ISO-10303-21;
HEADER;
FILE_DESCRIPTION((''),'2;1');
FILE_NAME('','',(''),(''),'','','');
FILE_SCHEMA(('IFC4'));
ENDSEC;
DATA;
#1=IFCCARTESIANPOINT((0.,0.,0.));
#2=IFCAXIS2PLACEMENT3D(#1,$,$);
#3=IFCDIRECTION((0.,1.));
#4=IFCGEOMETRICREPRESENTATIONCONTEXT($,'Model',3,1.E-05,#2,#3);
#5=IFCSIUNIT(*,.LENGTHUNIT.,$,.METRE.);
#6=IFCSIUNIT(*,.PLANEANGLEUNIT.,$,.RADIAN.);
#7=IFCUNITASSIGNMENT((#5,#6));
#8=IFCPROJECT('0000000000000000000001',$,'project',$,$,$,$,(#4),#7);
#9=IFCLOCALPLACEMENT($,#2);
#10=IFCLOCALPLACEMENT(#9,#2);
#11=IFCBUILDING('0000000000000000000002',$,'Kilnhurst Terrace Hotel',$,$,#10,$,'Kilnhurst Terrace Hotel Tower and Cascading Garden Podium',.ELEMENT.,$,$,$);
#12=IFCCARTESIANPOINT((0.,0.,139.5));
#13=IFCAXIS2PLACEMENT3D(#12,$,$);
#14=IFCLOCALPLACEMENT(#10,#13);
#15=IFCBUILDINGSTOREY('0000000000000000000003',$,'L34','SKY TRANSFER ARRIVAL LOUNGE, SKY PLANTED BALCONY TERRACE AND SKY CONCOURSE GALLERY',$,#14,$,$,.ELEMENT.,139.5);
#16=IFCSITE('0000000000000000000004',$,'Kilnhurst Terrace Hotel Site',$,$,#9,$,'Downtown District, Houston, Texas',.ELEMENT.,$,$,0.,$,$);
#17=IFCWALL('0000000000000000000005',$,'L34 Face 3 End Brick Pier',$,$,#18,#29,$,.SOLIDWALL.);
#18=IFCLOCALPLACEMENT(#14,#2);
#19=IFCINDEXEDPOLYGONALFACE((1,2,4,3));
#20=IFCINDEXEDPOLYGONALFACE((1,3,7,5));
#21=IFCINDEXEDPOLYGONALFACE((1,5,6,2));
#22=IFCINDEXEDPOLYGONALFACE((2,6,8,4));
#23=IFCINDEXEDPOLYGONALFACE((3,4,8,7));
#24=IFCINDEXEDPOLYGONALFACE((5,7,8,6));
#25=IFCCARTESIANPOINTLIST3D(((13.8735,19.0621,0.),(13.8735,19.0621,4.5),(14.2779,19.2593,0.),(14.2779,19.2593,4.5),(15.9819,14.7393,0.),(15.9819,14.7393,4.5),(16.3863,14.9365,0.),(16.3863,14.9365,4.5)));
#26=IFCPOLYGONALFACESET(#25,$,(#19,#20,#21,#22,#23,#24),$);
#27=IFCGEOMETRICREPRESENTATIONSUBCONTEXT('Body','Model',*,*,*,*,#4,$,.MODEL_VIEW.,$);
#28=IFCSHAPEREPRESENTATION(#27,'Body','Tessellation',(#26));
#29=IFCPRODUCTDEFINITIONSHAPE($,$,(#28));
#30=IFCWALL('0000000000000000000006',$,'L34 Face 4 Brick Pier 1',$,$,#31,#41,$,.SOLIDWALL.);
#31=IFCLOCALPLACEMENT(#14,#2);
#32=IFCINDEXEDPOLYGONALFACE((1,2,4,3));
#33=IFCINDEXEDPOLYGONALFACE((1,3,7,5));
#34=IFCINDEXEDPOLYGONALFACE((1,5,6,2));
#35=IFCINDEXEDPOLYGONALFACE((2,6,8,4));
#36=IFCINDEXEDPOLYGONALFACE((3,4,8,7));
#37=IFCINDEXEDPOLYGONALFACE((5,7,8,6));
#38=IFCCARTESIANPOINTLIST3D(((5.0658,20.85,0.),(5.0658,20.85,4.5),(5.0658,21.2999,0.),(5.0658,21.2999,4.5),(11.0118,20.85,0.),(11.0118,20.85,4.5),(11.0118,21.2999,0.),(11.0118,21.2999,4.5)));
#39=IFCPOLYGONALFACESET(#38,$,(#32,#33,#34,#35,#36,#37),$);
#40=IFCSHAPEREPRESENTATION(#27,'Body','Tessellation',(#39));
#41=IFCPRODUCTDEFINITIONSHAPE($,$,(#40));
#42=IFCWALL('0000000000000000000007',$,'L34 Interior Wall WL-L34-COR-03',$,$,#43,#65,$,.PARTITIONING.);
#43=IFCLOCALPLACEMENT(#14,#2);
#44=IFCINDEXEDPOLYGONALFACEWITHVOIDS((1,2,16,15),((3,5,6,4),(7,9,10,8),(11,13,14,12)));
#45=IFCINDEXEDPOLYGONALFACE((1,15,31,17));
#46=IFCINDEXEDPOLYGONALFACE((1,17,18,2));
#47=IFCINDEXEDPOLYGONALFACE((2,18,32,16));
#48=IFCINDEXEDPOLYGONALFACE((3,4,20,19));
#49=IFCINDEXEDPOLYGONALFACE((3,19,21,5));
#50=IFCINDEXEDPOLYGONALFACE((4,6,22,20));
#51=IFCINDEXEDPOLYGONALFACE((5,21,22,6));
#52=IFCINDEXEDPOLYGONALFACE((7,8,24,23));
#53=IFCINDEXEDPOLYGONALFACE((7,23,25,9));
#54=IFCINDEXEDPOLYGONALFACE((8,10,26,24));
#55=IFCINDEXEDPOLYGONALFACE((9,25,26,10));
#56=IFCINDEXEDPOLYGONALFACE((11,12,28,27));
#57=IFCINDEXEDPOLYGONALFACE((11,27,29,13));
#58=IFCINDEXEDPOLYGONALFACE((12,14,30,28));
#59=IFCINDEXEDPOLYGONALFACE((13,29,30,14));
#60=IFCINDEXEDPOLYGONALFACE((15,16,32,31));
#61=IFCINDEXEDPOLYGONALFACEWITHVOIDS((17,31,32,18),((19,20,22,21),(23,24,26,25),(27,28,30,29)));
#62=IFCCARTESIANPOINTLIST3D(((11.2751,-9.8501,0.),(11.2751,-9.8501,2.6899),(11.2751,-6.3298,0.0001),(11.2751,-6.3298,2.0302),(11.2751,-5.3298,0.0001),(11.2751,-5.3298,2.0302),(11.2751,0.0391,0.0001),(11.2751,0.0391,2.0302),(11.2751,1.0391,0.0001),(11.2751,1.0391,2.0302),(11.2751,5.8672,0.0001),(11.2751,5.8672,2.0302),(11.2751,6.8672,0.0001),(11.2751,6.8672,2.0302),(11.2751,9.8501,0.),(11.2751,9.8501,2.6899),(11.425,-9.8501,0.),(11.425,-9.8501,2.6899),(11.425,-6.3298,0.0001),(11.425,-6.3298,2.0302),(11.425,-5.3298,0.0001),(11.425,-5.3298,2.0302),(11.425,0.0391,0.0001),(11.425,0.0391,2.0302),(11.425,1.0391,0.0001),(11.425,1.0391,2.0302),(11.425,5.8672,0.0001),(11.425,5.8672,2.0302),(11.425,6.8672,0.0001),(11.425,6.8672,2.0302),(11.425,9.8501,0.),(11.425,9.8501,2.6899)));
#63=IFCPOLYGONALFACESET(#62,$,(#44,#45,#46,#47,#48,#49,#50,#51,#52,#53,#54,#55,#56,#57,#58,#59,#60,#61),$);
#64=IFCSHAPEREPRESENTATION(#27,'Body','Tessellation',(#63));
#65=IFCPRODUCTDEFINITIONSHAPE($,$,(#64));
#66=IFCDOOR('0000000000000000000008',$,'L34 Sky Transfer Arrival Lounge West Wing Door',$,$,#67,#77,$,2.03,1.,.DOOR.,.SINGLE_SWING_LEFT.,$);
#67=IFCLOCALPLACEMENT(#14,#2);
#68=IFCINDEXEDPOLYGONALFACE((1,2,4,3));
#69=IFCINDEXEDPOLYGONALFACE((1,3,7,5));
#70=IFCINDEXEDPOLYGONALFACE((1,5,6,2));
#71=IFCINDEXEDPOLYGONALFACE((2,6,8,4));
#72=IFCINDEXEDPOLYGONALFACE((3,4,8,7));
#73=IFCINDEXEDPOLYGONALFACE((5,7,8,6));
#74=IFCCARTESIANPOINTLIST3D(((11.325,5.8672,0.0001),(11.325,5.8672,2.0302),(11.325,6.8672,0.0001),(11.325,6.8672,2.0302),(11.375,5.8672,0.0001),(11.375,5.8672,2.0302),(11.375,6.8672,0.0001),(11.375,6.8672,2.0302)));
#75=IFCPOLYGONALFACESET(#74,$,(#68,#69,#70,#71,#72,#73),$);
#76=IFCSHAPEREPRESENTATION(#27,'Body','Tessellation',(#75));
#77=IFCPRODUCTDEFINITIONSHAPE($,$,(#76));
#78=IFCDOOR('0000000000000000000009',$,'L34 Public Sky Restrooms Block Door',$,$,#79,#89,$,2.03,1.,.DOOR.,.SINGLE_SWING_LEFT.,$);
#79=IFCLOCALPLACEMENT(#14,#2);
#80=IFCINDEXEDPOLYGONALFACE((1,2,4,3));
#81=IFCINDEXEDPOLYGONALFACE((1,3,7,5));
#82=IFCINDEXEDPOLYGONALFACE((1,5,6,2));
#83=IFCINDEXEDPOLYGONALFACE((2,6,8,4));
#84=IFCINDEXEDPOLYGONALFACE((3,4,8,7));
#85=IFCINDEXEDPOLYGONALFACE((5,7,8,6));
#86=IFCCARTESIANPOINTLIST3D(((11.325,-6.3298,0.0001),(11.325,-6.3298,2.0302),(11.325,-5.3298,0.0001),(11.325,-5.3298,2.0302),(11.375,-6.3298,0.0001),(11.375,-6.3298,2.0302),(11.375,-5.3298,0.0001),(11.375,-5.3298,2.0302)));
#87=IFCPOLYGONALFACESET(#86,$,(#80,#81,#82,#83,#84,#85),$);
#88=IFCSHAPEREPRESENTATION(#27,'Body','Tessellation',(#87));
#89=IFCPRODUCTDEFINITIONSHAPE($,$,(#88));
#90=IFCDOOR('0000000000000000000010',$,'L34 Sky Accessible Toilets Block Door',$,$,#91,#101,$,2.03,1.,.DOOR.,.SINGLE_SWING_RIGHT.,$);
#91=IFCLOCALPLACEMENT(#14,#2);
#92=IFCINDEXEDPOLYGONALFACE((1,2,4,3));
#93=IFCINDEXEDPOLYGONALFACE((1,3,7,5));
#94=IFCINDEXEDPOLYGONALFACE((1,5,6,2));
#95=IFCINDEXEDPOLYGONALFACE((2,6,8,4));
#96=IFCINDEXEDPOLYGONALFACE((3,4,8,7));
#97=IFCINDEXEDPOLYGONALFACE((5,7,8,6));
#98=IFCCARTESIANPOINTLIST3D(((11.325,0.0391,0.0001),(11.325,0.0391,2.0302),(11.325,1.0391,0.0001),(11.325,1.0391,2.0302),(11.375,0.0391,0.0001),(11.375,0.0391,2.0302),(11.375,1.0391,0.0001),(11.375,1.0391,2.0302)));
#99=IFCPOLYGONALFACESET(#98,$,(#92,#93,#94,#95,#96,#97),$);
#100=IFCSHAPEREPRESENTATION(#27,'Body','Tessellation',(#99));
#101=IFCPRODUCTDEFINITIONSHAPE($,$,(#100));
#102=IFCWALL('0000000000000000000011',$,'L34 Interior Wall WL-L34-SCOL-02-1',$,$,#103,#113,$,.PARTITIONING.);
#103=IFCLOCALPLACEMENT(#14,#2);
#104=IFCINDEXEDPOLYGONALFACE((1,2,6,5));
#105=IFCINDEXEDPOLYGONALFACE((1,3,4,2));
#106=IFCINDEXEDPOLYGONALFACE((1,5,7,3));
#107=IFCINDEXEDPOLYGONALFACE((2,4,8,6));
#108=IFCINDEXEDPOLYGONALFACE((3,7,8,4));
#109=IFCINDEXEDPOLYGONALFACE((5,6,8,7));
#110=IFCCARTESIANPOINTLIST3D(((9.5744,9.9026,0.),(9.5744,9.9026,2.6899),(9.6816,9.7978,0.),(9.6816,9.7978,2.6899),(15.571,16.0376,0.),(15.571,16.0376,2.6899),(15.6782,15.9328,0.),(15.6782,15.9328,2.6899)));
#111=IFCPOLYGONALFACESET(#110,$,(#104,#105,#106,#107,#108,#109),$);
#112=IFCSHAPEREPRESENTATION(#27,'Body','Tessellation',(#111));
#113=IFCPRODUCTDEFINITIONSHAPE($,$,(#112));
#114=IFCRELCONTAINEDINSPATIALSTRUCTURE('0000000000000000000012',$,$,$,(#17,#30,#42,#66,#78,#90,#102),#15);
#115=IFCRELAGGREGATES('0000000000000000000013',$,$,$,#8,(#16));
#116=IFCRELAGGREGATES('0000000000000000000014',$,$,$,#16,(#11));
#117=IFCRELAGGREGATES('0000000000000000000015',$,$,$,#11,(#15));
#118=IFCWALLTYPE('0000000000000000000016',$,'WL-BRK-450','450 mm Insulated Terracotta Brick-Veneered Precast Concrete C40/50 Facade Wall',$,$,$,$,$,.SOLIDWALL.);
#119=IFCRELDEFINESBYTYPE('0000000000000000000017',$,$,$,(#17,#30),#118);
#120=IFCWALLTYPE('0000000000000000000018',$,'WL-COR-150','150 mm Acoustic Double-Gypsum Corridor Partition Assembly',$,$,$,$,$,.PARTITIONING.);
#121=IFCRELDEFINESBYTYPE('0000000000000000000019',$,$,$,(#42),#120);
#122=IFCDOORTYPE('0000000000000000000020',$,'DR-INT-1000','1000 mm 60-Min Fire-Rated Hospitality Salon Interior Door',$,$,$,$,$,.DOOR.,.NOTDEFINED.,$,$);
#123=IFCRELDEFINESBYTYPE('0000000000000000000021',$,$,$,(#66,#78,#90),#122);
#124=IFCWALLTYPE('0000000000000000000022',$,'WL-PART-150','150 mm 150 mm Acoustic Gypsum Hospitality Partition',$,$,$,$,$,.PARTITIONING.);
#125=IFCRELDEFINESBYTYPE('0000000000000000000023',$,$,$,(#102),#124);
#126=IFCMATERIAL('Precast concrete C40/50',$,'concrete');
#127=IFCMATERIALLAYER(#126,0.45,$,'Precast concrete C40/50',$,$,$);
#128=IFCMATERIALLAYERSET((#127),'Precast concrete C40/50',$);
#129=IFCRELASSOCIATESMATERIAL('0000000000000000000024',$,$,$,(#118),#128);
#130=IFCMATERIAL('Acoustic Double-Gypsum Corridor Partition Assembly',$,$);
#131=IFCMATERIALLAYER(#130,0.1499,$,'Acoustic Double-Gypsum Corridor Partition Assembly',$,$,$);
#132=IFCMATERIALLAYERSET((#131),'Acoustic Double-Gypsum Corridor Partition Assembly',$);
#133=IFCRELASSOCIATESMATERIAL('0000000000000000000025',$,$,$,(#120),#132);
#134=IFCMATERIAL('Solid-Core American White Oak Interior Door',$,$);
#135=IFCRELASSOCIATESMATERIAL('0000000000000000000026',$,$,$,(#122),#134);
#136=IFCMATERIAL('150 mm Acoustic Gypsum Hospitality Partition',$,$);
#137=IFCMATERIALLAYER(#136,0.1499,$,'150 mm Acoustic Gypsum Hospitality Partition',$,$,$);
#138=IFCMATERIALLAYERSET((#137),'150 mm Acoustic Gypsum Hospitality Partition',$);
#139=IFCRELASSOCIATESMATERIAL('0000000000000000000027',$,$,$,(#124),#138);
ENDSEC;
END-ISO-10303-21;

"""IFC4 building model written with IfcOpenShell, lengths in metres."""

from ifc_helpers import new_model, si_unit, direction, frame, frame_2d, origin, place, context, subcontext, project, spatial, rectangle, extrude, material, layer, layer_set, type_object, element, fill, save


model = new_model("IFC4")

# Units and contexts
model_context = context("Model", 3, precision=1e-05, world=origin(), true_north=direction((0.0, 1.0)))
body_context = subcontext(model_context, "Body", "Model", "MODEL_VIEW")
ifc_project = project(units=[si_unit("LENGTHUNIT", "METRE"), si_unit("PLANEANGLEUNIT", "RADIAN")], contexts=[model_context])

# Site, building, storey
site_placement = place(None, origin())
site = spatial("IfcSite", under=ifc_project, at=site_placement, Name="Kilnhurst Terrace Hotel Site", LongName="Downtown District, Houston, Texas", CompositionType="ELEMENT", RefElevation=0.0)
building_placement = place(site_placement, origin())
building = spatial("IfcBuilding", under=site, at=building_placement, Name="Kilnhurst Terrace Hotel", LongName="Kilnhurst Terrace Hotel Tower and Cascading Garden Podium", CompositionType="ELEMENT")
storey_placement = place(building_placement, frame((0.0, 0.0, 139.5)))
storey = spatial("IfcBuildingStorey", under=building, at=storey_placement, Name="L34", Description="SKY TRANSFER ARRIVAL LOUNGE, SKY PLANTED BALCONY TERRACE AND SKY CONCOURSE GALLERY", CompositionType="ELEMENT", Elevation=139.5)

# Shared definitions
ifc_material_1 = material(Name="Precast concrete C40/50", Category="concrete")
ifc_layer_1 = layer(ifc_material_1, 0.45, Name="Precast concrete C40/50")
ifc_layer_set_1 = layer_set([ifc_layer_1], Name="Precast concrete C40/50")
wall_type_1 = type_object("IfcWallType", Name="WL-BRK-450", Description="450 mm Insulated Terracotta Brick-Veneered Precast Concrete C40/50 Facade Wall", PredefinedType="SOLIDWALL", material=ifc_layer_set_1)

# Walls
wall_1_placement = place(storey_placement, frame((16.1841, 14.8379, 0.0), z_axis=(0.0, 0.0, 1.0), x_axis=(-0.43838, 0.89879, 0.0)))
element("IfcWall", 1, at=wall_1_placement, inside=storey, type_object=wall_type_1, Name="L34 Face 3 End Brick Pier", PredefinedType="SOLIDWALL", context=body_context, shape_type="SweptSolid", body=[
    extrude(rectangle(XDim=4.8096, YDim=0.45, at=frame_2d((2.4048, 0.0))), origin(), (0.0, 0.0, 1.0), 4.5),
])
wall_2_placement = place(storey_placement, frame((11.012, 21.075, 0.0), z_axis=(0.0, 0.0, 1.0), x_axis=(-1.0, 0.0, 0.0)))
element("IfcWall", 2, at=wall_2_placement, inside=storey, type_object=wall_type_1, Name="L34 Face 4 Brick Pier 1", PredefinedType="SOLIDWALL", context=body_context, shape_type="SweptSolid", body=[
    extrude(rectangle(XDim=5.946, YDim=0.45, at=frame_2d((2.9731, 0.0))), origin(), (0.0, 0.0, 1.0), 4.5),
])

# Wall, openings, doors
ifc_material_2 = material(Name="Acoustic Double-Gypsum Corridor Partition Assembly")
ifc_layer_2 = layer(ifc_material_2, 0.1499, Name="Acoustic Double-Gypsum Corridor Partition Assembly")
ifc_layer_set_2 = layer_set([ifc_layer_2], Name="Acoustic Double-Gypsum Corridor Partition Assembly")
wall_type_2 = type_object("IfcWallType", Name="WL-COR-150", Description="150 mm Acoustic Double-Gypsum Corridor Partition Assembly", PredefinedType="PARTITIONING", material=ifc_layer_set_2)
wall_3_placement = place(storey_placement, frame((11.3501, 9.8501, 0.0), z_axis=(0.0, 0.0, 1.0), x_axis=(0.0, -1.0, 0.0)))
wall_3 = element("IfcWall", 3, at=wall_3_placement, inside=storey, type_object=wall_type_2, Name="L34 Interior Wall WL-L34-COR-03", PredefinedType="PARTITIONING", context=body_context, shape_type="SweptSolid", body=[
    extrude(rectangle(XDim=19.7002, YDim=0.1499, at=frame_2d((9.8501, 0.0))), origin(), (0.0, 0.0, 1.0), 2.6899),
])
opening_1_placement = place(wall_3_placement, frame((2.9829, 0.0, 0.0)))
opening_1 = element("IfcOpeningElement", 4, at=opening_1_placement, cuts=wall_3, PredefinedType="OPENING", context=body_context, shape_type="SweptSolid", body=[
    extrude(rectangle(XDim=1.0, YDim=2.03, at=frame_2d((0.5, 1.0151))), frame((0.0, 0.085, 0.0), z_axis=(0.0, -1.0, 0.0), x_axis=(1.0, 0.0, 0.0)), (0.0, 0.0, 1.0), 0.1699),
])
opening_2_placement = place(wall_3_placement, frame((15.1799, 0.0, 0.0)))
opening_2 = element("IfcOpeningElement", 5, at=opening_2_placement, cuts=wall_3, PredefinedType="OPENING", context=body_context, shape_type="SweptSolid", body=[
    extrude(rectangle(XDim=1.0, YDim=2.03, at=frame_2d((0.5, 1.0151))), frame((0.0, 0.085, 0.0), z_axis=(0.0, -1.0, 0.0), x_axis=(1.0, 0.0, 0.0)), (0.0, 0.0, 1.0), 0.1699),
])
opening_3_placement = place(wall_3_placement, frame((8.811, 0.0, 0.0)))
opening_3 = element("IfcOpeningElement", 6, at=opening_3_placement, cuts=wall_3, PredefinedType="OPENING", context=body_context, shape_type="SweptSolid", body=[
    extrude(rectangle(XDim=1.0, YDim=2.03, at=frame_2d((0.5, 1.0151))), frame((0.0, 0.085, 0.0), z_axis=(0.0, -1.0, 0.0), x_axis=(1.0, 0.0, 0.0)), (0.0, 0.0, 1.0), 0.1699),
])
ifc_material_3 = material(Name="Solid-Core American White Oak Interior Door")
door_type_1 = type_object("IfcDoorType", Name="DR-INT-1000", Description="1000 mm 60-Min Fire-Rated Hospitality Salon Interior Door", OperationType="NOTDEFINED", PredefinedType="DOOR", material=ifc_material_3)
door_1_placement = place(opening_1_placement, origin())
door_1 = element("IfcDoor", 7, at=door_1_placement, inside=storey, type_object=door_type_1, Name="L34 Sky Transfer Arrival Lounge West Wing Door", OperationType="SINGLE_SWING_LEFT", OverallHeight=2.03, OverallWidth=1.0, PredefinedType="DOOR", context=body_context, shape_type="SweptSolid", body=[
    extrude(rectangle(XDim=1.0, YDim=2.03, at=frame_2d((0.5, 1.0151))), frame((0.0, 0.0249, 0.0), z_axis=(0.0, -1.0, 0.0), x_axis=(1.0, 0.0, 0.0)), (0.0, 0.0, 1.0), 0.05),
])
fill(opening_1, door_1)
door_2_placement = place(opening_2_placement, origin())
door_2 = element("IfcDoor", 8, at=door_2_placement, inside=storey, type_object=door_type_1, Name="L34 Public Sky Restrooms Block Door", OperationType="SINGLE_SWING_LEFT", OverallHeight=2.03, OverallWidth=1.0, PredefinedType="DOOR", context=body_context, shape_type="SweptSolid", body=[
    extrude(rectangle(XDim=1.0, YDim=2.03, at=frame_2d((0.5, 1.0151))), frame((0.0, 0.0249, 0.0), z_axis=(0.0, -1.0, 0.0), x_axis=(1.0, 0.0, 0.0)), (0.0, 0.0, 1.0), 0.05),
])
fill(opening_2, door_2)
door_3_placement = place(opening_3_placement, origin())
door_3 = element("IfcDoor", 9, at=door_3_placement, inside=storey, type_object=door_type_1, Name="L34 Sky Accessible Toilets Block Door", OperationType="SINGLE_SWING_RIGHT", OverallHeight=2.03, OverallWidth=1.0, PredefinedType="DOOR", context=body_context, shape_type="SweptSolid", body=[
    extrude(rectangle(XDim=1.0, YDim=2.03, at=frame_2d((0.5, 1.0151))), frame((0.0, 0.0249, 0.0), z_axis=(0.0, -1.0, 0.0), x_axis=(1.0, 0.0, 0.0)), (0.0, 0.0, 1.0), 0.05),
])
fill(opening_3, door_3)

# Wall
ifc_material_4 = material(Name="150 mm Acoustic Gypsum Hospitality Partition")
ifc_layer_3 = layer(ifc_material_4, 0.1499, Name="150 mm Acoustic Gypsum Hospitality Partition")
ifc_layer_set_3 = layer_set([ifc_layer_3], Name="150 mm Acoustic Gypsum Hospitality Partition")
wall_type_3 = type_object("IfcWallType", Name="WL-PART-150", Description="150 mm 150 mm Acoustic Gypsum Hospitality Partition", PredefinedType="PARTITIONING", material=ifc_layer_set_3)
wall_4_placement = place(storey_placement, frame((9.6279, 9.8501, 0.0), z_axis=(0.0, 0.0, 1.0), x_axis=(0.698993, 0.715129, 0.0)))
element("IfcWall", 10, at=wall_4_placement, inside=storey, type_object=wall_type_3, Name="L34 Interior Wall WL-L34-SCOL-02-1", PredefinedType="PARTITIONING", context=body_context, shape_type="SweptSolid", body=[
    extrude(rectangle(XDim=8.5789, YDim=0.1499, at=frame_2d((4.2896, 0.0))), origin(), (0.0, 0.0, 1.0), 2.6899),
])

save(model, "model.ifc")
